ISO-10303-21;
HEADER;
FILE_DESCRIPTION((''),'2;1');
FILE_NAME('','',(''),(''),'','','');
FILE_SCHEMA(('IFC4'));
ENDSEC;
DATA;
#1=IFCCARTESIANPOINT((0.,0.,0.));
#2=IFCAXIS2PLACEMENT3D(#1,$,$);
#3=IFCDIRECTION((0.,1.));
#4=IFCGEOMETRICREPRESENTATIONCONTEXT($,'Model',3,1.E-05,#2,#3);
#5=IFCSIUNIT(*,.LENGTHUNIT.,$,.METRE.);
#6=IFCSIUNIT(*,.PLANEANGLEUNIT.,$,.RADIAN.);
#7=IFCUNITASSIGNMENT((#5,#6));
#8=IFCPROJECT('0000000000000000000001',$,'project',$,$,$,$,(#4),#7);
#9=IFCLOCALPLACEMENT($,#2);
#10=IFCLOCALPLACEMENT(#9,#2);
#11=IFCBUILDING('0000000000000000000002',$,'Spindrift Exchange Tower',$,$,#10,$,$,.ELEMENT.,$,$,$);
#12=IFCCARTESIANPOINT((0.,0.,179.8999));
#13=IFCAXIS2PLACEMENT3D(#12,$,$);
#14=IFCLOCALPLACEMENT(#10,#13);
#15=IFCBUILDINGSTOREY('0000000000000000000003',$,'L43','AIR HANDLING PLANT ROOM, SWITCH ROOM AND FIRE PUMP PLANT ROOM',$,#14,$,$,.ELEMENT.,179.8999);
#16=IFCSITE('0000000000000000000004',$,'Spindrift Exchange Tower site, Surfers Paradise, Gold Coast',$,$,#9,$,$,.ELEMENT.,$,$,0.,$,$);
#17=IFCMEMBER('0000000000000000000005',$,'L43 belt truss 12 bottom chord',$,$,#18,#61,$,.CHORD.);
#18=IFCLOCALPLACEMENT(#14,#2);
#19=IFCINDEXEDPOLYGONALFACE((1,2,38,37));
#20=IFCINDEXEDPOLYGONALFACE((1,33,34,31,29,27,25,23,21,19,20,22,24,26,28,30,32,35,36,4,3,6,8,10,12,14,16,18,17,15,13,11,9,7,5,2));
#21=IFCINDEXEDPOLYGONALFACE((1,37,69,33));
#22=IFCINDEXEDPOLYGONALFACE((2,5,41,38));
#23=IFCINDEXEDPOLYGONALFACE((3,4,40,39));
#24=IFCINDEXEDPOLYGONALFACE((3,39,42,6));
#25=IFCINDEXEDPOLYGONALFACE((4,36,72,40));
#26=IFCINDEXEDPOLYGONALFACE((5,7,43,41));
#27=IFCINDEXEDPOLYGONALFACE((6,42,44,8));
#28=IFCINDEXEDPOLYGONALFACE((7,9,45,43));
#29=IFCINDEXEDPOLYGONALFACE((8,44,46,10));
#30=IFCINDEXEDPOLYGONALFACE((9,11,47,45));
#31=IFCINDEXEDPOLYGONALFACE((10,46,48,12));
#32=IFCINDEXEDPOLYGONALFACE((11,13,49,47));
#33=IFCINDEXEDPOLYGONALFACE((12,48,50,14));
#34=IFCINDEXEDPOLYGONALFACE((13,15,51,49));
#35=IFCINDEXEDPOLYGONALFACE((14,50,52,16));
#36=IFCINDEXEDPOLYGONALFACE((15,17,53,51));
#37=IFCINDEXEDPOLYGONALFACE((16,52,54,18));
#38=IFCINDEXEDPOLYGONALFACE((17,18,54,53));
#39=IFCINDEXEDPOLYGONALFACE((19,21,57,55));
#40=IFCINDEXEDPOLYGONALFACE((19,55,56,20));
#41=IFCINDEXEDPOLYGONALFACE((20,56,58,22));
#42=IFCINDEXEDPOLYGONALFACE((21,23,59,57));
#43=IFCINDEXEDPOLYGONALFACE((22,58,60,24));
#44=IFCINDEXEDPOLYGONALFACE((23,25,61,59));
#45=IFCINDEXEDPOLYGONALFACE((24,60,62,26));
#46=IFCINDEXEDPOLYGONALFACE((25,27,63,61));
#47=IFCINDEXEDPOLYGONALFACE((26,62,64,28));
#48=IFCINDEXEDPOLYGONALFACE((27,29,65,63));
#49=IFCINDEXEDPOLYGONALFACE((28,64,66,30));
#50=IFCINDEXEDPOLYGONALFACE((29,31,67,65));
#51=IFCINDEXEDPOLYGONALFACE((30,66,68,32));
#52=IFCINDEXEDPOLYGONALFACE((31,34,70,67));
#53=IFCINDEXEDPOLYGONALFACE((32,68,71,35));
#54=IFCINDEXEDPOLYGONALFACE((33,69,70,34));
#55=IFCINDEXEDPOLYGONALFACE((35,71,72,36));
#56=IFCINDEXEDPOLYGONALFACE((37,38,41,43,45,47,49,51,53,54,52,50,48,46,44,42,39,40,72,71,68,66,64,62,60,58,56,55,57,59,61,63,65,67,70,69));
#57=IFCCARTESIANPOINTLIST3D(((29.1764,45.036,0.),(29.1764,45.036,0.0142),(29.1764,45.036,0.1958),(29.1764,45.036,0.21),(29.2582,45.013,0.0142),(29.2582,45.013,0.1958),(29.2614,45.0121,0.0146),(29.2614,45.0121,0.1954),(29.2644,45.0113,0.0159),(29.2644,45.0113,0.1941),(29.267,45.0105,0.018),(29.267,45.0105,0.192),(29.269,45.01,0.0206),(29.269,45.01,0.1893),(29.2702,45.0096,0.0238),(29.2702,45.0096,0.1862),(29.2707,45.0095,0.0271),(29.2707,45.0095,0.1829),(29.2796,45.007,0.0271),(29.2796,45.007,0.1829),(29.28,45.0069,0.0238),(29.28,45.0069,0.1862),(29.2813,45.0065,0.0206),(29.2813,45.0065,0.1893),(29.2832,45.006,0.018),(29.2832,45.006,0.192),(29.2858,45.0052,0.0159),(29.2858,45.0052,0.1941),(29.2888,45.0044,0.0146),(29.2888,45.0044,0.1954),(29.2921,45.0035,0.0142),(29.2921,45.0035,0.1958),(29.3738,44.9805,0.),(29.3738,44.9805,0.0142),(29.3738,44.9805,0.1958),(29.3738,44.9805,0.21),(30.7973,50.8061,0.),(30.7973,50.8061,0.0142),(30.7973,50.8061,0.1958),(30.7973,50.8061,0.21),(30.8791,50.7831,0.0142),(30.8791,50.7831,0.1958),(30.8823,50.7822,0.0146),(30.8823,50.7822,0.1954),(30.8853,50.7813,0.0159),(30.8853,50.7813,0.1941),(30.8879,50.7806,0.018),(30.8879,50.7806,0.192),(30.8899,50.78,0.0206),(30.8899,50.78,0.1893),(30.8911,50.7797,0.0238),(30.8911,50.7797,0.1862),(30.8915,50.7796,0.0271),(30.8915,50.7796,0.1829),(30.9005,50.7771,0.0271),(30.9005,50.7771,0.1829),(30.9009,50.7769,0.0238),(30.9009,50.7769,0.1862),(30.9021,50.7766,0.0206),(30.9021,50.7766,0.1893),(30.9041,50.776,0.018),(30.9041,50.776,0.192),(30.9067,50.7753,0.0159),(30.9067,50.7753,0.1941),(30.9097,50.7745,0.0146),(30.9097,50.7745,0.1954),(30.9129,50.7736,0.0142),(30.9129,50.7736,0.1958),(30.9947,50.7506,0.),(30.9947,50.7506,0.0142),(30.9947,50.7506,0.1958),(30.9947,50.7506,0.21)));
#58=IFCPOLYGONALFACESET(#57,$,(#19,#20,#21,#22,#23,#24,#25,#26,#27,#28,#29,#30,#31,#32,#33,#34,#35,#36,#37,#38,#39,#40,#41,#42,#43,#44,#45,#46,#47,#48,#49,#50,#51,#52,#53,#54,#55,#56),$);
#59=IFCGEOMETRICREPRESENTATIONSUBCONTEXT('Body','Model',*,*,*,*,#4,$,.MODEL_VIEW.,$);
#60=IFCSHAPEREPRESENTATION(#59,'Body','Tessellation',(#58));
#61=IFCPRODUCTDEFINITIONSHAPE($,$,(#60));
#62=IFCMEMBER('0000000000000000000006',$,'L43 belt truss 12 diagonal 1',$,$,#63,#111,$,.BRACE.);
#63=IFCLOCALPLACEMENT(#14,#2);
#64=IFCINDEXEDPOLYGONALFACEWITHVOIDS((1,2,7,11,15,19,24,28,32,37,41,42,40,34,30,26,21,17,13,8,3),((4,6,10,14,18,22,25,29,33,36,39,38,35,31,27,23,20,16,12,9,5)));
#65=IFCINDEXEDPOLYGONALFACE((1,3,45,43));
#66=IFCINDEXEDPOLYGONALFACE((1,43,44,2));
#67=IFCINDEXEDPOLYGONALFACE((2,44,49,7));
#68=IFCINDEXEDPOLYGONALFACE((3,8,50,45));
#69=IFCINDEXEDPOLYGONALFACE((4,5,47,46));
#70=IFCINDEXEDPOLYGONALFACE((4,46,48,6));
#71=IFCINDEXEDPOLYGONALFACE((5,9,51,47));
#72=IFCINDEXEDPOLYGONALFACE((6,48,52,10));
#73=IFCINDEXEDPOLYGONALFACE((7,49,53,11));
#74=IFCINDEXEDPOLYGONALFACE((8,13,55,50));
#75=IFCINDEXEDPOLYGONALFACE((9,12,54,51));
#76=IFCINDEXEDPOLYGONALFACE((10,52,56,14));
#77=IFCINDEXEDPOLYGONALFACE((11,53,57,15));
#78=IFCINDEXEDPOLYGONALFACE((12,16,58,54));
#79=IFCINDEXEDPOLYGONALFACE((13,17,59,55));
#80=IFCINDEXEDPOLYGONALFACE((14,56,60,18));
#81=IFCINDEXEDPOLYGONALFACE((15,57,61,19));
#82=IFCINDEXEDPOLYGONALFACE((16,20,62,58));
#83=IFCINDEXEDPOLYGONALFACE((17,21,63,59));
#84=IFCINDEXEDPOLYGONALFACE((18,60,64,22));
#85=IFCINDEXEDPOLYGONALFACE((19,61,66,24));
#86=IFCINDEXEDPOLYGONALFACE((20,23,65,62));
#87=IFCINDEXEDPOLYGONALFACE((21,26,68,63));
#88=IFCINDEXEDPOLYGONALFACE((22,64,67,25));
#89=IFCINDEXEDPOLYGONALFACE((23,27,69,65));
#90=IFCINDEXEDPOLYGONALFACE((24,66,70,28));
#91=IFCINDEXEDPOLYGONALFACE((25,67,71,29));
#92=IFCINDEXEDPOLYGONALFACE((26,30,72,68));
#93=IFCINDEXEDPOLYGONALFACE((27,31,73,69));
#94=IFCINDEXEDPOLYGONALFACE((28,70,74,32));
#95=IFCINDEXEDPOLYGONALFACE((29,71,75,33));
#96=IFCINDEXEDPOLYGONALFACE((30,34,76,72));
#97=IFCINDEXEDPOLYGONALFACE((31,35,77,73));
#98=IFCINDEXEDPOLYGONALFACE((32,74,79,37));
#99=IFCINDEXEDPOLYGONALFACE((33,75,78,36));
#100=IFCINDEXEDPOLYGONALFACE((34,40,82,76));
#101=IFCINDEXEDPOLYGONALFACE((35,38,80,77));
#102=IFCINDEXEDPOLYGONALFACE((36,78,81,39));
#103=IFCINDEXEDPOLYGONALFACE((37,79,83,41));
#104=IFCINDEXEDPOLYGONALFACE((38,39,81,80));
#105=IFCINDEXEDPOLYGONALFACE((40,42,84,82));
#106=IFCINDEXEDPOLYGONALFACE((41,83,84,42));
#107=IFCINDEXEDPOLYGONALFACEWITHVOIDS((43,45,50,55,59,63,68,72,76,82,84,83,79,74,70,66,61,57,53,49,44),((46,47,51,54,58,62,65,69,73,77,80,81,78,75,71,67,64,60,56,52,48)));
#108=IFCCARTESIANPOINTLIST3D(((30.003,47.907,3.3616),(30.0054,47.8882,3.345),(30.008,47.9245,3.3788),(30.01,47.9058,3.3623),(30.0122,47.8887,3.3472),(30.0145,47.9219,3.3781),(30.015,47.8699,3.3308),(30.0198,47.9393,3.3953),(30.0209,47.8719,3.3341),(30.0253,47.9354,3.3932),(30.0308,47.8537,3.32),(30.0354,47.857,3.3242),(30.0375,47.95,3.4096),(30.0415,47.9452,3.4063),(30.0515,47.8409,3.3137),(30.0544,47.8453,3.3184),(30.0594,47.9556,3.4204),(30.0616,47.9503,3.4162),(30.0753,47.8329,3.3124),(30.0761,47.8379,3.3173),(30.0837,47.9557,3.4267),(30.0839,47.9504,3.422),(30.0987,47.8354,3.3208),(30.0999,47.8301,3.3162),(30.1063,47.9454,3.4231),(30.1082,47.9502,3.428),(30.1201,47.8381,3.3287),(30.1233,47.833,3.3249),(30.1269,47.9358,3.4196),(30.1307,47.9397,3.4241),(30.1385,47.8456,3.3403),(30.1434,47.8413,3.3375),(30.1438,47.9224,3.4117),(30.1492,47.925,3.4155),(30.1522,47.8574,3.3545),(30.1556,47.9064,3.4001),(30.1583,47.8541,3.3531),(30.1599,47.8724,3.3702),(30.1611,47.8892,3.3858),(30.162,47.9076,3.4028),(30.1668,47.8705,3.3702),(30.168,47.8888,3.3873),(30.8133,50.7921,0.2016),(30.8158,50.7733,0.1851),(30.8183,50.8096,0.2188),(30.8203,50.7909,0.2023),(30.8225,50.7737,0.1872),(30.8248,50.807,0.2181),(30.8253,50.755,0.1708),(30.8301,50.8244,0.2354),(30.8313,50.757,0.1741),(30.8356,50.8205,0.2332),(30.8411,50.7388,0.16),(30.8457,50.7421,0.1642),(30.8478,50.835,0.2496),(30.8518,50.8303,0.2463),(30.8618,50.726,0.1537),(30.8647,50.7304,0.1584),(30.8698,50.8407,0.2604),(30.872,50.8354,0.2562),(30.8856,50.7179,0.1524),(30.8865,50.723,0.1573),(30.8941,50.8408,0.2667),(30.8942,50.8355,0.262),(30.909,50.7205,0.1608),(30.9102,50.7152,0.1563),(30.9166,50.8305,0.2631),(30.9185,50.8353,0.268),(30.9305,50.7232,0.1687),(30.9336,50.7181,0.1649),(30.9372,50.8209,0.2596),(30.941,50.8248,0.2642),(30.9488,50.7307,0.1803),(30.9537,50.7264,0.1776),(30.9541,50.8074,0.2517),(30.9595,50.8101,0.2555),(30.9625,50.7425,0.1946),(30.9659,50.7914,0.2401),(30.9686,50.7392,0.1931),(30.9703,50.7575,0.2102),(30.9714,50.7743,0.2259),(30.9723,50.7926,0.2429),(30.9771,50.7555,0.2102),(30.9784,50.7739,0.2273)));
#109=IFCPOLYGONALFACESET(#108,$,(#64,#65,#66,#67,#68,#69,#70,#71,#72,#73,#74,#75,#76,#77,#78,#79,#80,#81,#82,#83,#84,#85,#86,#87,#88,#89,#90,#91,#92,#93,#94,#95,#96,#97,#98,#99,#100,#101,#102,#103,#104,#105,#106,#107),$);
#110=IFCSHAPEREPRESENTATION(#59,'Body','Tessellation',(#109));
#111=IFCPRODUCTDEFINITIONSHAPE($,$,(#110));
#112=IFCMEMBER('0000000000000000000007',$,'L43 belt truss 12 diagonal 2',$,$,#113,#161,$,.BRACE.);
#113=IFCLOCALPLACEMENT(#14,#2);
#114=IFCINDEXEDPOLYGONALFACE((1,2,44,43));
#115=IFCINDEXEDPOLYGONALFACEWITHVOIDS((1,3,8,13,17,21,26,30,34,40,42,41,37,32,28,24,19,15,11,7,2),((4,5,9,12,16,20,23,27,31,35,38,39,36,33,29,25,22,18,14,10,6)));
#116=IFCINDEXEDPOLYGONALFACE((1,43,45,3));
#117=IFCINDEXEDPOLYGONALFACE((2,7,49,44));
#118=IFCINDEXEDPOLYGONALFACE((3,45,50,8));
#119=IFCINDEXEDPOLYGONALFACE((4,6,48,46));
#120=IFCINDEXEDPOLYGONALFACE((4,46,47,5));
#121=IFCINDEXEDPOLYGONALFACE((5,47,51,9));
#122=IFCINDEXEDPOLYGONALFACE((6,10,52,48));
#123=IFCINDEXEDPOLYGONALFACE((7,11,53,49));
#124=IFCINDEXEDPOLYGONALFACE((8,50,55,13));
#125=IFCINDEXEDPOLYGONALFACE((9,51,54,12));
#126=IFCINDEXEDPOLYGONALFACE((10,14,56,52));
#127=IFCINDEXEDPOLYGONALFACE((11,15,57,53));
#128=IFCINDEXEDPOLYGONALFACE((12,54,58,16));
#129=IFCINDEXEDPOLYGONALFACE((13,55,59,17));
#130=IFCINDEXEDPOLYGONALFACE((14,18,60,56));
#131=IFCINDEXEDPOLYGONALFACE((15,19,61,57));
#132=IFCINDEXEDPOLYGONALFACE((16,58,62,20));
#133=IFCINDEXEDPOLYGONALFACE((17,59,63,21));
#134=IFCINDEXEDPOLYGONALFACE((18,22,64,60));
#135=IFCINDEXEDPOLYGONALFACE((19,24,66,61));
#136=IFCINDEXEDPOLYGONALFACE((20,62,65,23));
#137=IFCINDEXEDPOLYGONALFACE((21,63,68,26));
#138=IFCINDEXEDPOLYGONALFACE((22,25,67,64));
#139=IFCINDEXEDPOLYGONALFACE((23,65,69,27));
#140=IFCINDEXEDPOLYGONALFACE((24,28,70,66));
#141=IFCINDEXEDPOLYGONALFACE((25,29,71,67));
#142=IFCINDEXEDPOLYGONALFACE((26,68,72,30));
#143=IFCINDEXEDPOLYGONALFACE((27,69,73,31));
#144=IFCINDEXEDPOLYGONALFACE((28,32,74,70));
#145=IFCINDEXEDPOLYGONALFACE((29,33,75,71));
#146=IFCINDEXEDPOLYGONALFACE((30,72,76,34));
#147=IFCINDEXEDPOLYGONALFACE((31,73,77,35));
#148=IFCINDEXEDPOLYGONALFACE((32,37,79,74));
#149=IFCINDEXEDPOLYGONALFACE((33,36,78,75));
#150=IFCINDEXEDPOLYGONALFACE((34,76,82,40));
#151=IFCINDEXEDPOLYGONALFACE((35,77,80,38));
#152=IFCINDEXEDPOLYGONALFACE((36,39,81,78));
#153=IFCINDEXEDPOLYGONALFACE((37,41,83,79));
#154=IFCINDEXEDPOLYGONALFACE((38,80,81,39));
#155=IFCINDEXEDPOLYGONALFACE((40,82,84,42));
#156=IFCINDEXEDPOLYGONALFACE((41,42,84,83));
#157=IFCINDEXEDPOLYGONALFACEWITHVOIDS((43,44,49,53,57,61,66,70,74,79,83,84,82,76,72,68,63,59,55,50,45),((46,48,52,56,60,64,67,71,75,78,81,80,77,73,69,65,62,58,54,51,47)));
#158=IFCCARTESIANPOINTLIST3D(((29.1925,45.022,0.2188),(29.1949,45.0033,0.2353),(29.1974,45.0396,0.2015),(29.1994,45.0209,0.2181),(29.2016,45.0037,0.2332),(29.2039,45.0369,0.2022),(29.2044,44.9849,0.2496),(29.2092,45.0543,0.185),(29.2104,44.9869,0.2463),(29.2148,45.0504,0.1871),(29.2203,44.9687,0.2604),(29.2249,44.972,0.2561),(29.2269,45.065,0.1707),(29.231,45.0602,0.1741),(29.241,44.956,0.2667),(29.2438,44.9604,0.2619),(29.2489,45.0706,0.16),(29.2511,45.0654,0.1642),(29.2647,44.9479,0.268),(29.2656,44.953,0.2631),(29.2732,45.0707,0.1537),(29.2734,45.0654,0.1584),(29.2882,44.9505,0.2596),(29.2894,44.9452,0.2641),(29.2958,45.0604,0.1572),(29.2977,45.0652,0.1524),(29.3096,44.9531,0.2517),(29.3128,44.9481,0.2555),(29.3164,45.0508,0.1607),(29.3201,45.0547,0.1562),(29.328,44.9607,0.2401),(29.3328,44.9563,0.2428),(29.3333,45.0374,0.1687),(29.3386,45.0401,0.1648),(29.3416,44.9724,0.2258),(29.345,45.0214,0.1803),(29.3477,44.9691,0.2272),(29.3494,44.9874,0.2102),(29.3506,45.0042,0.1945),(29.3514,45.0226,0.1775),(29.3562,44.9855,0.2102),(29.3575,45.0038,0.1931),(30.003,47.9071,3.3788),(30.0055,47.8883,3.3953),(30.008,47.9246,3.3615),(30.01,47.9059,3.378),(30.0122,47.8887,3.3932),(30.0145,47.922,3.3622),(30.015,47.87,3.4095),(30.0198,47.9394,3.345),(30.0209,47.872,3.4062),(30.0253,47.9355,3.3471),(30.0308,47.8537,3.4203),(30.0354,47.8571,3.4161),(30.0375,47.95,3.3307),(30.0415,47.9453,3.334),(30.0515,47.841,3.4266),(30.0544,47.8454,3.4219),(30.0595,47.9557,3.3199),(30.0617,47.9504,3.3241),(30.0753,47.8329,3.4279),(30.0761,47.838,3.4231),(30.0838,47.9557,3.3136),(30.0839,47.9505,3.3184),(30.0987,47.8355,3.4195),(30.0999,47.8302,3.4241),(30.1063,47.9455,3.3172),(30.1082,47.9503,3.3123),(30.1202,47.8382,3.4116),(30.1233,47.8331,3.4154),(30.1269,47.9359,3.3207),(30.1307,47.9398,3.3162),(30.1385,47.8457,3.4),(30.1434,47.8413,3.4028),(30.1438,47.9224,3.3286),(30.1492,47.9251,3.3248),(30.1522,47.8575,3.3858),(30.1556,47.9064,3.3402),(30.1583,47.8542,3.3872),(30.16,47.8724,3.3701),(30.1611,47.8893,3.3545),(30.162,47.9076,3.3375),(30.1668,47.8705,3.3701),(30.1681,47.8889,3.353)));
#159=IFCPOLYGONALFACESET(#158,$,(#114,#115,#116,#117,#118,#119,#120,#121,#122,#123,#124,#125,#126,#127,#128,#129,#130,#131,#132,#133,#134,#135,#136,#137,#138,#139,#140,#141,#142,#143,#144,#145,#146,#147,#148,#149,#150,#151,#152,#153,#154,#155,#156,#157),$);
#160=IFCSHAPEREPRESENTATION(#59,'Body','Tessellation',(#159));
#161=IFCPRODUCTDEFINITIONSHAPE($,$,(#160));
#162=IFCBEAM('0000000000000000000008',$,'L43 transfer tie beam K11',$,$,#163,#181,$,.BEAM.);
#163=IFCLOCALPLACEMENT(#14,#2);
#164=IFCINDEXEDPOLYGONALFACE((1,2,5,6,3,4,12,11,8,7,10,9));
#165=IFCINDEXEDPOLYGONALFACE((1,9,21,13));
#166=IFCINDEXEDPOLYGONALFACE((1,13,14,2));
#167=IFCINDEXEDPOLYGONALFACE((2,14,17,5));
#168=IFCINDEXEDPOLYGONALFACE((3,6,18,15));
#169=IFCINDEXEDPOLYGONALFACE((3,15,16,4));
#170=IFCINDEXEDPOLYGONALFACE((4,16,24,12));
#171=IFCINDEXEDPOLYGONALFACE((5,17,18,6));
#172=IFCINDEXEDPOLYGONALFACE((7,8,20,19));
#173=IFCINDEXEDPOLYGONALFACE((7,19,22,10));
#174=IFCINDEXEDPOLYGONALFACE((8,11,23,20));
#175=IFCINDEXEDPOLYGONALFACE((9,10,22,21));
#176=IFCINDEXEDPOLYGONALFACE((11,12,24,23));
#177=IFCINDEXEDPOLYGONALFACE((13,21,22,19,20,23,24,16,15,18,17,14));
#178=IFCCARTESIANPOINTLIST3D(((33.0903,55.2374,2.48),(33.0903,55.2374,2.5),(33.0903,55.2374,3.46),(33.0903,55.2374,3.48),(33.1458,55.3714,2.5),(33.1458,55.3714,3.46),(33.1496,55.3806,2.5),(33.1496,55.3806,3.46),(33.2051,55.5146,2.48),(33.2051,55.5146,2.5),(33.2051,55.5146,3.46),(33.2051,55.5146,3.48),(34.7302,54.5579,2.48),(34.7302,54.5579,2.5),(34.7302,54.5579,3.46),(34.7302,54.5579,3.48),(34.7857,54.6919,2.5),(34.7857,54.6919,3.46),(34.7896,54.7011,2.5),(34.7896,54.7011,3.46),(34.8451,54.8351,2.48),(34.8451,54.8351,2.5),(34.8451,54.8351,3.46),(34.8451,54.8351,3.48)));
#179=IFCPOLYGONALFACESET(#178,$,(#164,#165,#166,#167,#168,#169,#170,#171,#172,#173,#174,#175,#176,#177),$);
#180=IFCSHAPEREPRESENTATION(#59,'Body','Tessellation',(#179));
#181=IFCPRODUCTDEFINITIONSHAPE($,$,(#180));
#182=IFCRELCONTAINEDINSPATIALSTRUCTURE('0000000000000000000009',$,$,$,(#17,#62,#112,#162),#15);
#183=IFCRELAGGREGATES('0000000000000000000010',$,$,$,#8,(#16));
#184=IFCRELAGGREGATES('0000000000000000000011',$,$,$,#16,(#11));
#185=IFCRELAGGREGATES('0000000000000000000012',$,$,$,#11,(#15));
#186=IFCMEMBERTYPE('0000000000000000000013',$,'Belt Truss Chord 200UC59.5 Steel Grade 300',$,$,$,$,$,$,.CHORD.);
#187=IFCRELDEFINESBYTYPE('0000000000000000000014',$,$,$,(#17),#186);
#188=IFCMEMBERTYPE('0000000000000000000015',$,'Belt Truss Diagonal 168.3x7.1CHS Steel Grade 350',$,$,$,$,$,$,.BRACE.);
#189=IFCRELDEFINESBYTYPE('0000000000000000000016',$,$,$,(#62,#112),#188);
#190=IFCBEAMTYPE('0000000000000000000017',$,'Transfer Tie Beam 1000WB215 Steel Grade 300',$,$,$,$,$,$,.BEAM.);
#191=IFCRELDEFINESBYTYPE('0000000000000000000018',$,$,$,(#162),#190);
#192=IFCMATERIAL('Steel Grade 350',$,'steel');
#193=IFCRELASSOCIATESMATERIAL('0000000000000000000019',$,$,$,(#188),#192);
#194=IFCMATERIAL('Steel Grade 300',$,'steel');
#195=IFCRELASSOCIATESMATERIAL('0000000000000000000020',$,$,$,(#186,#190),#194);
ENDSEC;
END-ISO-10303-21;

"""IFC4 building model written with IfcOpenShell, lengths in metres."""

from ifc_helpers import new_model, si_unit, direction, frame, origin, origin_2d, place, context, subcontext, project, spatial, hollow_circle, i_section, extrude, source, transform, mapped, material, material_profile, profile_set, type_object, element, save


model = new_model("IFC4")

# Units and contexts
model_context = context("Model", 3, precision=1e-05, world=origin(), true_north=direction((0.0, 1.0)))
body_context = subcontext(model_context, "Body", "Model", "MODEL_VIEW")
ifc_project = project(units=[si_unit("LENGTHUNIT", "METRE"), si_unit("PLANEANGLEUNIT", "RADIAN")], contexts=[model_context])

# Site, building, storey
site_placement = place(None, origin())
site = spatial("IfcSite", under=ifc_project, at=site_placement, Name="Spindrift Exchange Tower site, Surfers Paradise, Gold Coast", CompositionType="ELEMENT", RefElevation=0.0)
building_placement = place(site_placement, origin())
building = spatial("IfcBuilding", under=site, at=building_placement, Name="Spindrift Exchange Tower", CompositionType="ELEMENT")
storey_placement = place(building_placement, frame((0.0, 0.0, 179.8999)))
storey = spatial("IfcBuildingStorey", under=building, at=storey_placement, Name="L43", Description="AIR HANDLING PLANT ROOM, SWITCH ROOM AND FIRE PUMP PLANT ROOM", CompositionType="ELEMENT", Elevation=179.8999)

# Shared definitions
ifc_material_1 = material(Name="Steel Grade 300", Category="steel")

# Members
ifc_material_2 = material(Name="Steel Grade 350", Category="steel")
ifc_material_profile_1 = material_profile(ifc_material_2, hollow_circle(Radius=0.0842, WallThickness=0.0071, at=origin_2d()), Name="168.3x7.1CHS")
ifc_profile_set_1 = profile_set([ifc_material_profile_1], Name="Steel Grade 350")
member_type_1 = type_object("IfcMemberType", Name="Belt Truss Diagonal 168.3x7.1CHS Steel Grade 350", PredefinedType="BRACE", material=ifc_profile_set_1)
ifc_material_profile_2 = material_profile(ifc_material_1, i_section(OverallWidth=0.2051, OverallDepth=0.21, WebThickness=0.0093, FlangeThickness=0.0142, FilletRadius=0.0129, at=origin_2d()), Name="200UC59.5")
ifc_profile_set_2 = profile_set([ifc_material_profile_2], Name="Steel Grade 300")
member_type_2 = type_object("IfcMemberType", Name="Belt Truss Chord 200UC59.5 Steel Grade 300", PredefinedType="CHORD", material=ifc_profile_set_2)
shared_shape_1 = source(origin(), body_context, "Body", "SweptSolid", [
    extrude(i_section(OverallWidth=0.2051, OverallDepth=0.21, WebThickness=0.0093, FlangeThickness=0.0142, FilletRadius=0.0129, at=origin_2d()), origin(), (0.0, 0.0, 1.0), 5.9934),
])
for number, where, z_axis, x_axis, name in (
    (1, (30.896, 50.7783, 0.105), (-0.270441, -0.962736, 0.0), (0.962736, -0.270441, 0.0), "L43 belt truss 12 bottom chord"),
):
    element("IfcMember", number, at=place(storey_placement, frame(where, z_axis=z_axis, x_axis=x_axis)), inside=storey, type_object=member_type_2, Name=name, PredefinedType="CHORD", context=body_context, shape_type="MappedRepresentation", body=[
        mapped(shared_shape_1, transform((0.0, 0.0, 0.0), scale=1.0)),
    ])
shared_shape_2 = source(origin(), body_context, "Body", "SweptSolid", [
    extrude(hollow_circle(Radius=0.0842, WallThickness=0.0071, at=origin_2d()), origin(), (0.0, 0.0, 1.0), 4.355),
])
for number, where, z_axis, x_axis, name in (
    (2, (30.896, 50.7783, 0.2102), (-0.186068, -0.662479, 0.725604), (0.962747, -0.270403, 0.0), "L43 belt truss 12 diagonal 1"),
    (3, (30.0857, 47.8933, 3.3701), (-0.186122, -0.662472, -0.725596), (0.962726, -0.270479, 0.0), "L43 belt truss 12 diagonal 2"),
):
    element("IfcMember", number, at=place(storey_placement, frame(where, z_axis=z_axis, x_axis=x_axis)), inside=storey, type_object=member_type_1, Name=name, PredefinedType="BRACE", context=body_context, shape_type="MappedRepresentation", body=[
        mapped(shared_shape_2, transform((0.0, 0.0, 0.0), scale=1.0)),
    ])

# Beam
ifc_material_profile_3 = material_profile(ifc_material_1, i_section(OverallWidth=0.3, OverallDepth=1.0, WebThickness=0.01, FlangeThickness=0.02, at=origin_2d()), Name="1000WB215")
ifc_profile_set_3 = profile_set([ifc_material_profile_3], Name="Steel Grade 300")
beam_type_1 = type_object("IfcBeamType", Name="Transfer Tie Beam 1000WB215 Steel Grade 300", PredefinedType="BEAM", material=ifc_profile_set_3)
shared_shape_3 = source(origin(), body_context, "Body", "SweptSolid", [
    extrude(i_section(OverallWidth=0.3, OverallDepth=1.0, WebThickness=0.01, FlangeThickness=0.02, at=origin_2d()), origin(), (0.0, 0.0, 1.0), 1.7751),
])
beam_1_placement = place(storey_placement, frame((33.1477, 55.376, 2.98), z_axis=(0.923844, -0.382769, 0.0), x_axis=(0.382769, 0.923844, 0.0)))
element("IfcBeam", 4, at=beam_1_placement, inside=storey, type_object=beam_type_1, Name="L43 transfer tie beam K11", PredefinedType="BEAM", context=body_context, shape_type="MappedRepresentation", body=[
    mapped(shared_shape_3, transform((0.0, 0.0, 0.0), scale=1.0)),
])

save(model, "model.ifc")
